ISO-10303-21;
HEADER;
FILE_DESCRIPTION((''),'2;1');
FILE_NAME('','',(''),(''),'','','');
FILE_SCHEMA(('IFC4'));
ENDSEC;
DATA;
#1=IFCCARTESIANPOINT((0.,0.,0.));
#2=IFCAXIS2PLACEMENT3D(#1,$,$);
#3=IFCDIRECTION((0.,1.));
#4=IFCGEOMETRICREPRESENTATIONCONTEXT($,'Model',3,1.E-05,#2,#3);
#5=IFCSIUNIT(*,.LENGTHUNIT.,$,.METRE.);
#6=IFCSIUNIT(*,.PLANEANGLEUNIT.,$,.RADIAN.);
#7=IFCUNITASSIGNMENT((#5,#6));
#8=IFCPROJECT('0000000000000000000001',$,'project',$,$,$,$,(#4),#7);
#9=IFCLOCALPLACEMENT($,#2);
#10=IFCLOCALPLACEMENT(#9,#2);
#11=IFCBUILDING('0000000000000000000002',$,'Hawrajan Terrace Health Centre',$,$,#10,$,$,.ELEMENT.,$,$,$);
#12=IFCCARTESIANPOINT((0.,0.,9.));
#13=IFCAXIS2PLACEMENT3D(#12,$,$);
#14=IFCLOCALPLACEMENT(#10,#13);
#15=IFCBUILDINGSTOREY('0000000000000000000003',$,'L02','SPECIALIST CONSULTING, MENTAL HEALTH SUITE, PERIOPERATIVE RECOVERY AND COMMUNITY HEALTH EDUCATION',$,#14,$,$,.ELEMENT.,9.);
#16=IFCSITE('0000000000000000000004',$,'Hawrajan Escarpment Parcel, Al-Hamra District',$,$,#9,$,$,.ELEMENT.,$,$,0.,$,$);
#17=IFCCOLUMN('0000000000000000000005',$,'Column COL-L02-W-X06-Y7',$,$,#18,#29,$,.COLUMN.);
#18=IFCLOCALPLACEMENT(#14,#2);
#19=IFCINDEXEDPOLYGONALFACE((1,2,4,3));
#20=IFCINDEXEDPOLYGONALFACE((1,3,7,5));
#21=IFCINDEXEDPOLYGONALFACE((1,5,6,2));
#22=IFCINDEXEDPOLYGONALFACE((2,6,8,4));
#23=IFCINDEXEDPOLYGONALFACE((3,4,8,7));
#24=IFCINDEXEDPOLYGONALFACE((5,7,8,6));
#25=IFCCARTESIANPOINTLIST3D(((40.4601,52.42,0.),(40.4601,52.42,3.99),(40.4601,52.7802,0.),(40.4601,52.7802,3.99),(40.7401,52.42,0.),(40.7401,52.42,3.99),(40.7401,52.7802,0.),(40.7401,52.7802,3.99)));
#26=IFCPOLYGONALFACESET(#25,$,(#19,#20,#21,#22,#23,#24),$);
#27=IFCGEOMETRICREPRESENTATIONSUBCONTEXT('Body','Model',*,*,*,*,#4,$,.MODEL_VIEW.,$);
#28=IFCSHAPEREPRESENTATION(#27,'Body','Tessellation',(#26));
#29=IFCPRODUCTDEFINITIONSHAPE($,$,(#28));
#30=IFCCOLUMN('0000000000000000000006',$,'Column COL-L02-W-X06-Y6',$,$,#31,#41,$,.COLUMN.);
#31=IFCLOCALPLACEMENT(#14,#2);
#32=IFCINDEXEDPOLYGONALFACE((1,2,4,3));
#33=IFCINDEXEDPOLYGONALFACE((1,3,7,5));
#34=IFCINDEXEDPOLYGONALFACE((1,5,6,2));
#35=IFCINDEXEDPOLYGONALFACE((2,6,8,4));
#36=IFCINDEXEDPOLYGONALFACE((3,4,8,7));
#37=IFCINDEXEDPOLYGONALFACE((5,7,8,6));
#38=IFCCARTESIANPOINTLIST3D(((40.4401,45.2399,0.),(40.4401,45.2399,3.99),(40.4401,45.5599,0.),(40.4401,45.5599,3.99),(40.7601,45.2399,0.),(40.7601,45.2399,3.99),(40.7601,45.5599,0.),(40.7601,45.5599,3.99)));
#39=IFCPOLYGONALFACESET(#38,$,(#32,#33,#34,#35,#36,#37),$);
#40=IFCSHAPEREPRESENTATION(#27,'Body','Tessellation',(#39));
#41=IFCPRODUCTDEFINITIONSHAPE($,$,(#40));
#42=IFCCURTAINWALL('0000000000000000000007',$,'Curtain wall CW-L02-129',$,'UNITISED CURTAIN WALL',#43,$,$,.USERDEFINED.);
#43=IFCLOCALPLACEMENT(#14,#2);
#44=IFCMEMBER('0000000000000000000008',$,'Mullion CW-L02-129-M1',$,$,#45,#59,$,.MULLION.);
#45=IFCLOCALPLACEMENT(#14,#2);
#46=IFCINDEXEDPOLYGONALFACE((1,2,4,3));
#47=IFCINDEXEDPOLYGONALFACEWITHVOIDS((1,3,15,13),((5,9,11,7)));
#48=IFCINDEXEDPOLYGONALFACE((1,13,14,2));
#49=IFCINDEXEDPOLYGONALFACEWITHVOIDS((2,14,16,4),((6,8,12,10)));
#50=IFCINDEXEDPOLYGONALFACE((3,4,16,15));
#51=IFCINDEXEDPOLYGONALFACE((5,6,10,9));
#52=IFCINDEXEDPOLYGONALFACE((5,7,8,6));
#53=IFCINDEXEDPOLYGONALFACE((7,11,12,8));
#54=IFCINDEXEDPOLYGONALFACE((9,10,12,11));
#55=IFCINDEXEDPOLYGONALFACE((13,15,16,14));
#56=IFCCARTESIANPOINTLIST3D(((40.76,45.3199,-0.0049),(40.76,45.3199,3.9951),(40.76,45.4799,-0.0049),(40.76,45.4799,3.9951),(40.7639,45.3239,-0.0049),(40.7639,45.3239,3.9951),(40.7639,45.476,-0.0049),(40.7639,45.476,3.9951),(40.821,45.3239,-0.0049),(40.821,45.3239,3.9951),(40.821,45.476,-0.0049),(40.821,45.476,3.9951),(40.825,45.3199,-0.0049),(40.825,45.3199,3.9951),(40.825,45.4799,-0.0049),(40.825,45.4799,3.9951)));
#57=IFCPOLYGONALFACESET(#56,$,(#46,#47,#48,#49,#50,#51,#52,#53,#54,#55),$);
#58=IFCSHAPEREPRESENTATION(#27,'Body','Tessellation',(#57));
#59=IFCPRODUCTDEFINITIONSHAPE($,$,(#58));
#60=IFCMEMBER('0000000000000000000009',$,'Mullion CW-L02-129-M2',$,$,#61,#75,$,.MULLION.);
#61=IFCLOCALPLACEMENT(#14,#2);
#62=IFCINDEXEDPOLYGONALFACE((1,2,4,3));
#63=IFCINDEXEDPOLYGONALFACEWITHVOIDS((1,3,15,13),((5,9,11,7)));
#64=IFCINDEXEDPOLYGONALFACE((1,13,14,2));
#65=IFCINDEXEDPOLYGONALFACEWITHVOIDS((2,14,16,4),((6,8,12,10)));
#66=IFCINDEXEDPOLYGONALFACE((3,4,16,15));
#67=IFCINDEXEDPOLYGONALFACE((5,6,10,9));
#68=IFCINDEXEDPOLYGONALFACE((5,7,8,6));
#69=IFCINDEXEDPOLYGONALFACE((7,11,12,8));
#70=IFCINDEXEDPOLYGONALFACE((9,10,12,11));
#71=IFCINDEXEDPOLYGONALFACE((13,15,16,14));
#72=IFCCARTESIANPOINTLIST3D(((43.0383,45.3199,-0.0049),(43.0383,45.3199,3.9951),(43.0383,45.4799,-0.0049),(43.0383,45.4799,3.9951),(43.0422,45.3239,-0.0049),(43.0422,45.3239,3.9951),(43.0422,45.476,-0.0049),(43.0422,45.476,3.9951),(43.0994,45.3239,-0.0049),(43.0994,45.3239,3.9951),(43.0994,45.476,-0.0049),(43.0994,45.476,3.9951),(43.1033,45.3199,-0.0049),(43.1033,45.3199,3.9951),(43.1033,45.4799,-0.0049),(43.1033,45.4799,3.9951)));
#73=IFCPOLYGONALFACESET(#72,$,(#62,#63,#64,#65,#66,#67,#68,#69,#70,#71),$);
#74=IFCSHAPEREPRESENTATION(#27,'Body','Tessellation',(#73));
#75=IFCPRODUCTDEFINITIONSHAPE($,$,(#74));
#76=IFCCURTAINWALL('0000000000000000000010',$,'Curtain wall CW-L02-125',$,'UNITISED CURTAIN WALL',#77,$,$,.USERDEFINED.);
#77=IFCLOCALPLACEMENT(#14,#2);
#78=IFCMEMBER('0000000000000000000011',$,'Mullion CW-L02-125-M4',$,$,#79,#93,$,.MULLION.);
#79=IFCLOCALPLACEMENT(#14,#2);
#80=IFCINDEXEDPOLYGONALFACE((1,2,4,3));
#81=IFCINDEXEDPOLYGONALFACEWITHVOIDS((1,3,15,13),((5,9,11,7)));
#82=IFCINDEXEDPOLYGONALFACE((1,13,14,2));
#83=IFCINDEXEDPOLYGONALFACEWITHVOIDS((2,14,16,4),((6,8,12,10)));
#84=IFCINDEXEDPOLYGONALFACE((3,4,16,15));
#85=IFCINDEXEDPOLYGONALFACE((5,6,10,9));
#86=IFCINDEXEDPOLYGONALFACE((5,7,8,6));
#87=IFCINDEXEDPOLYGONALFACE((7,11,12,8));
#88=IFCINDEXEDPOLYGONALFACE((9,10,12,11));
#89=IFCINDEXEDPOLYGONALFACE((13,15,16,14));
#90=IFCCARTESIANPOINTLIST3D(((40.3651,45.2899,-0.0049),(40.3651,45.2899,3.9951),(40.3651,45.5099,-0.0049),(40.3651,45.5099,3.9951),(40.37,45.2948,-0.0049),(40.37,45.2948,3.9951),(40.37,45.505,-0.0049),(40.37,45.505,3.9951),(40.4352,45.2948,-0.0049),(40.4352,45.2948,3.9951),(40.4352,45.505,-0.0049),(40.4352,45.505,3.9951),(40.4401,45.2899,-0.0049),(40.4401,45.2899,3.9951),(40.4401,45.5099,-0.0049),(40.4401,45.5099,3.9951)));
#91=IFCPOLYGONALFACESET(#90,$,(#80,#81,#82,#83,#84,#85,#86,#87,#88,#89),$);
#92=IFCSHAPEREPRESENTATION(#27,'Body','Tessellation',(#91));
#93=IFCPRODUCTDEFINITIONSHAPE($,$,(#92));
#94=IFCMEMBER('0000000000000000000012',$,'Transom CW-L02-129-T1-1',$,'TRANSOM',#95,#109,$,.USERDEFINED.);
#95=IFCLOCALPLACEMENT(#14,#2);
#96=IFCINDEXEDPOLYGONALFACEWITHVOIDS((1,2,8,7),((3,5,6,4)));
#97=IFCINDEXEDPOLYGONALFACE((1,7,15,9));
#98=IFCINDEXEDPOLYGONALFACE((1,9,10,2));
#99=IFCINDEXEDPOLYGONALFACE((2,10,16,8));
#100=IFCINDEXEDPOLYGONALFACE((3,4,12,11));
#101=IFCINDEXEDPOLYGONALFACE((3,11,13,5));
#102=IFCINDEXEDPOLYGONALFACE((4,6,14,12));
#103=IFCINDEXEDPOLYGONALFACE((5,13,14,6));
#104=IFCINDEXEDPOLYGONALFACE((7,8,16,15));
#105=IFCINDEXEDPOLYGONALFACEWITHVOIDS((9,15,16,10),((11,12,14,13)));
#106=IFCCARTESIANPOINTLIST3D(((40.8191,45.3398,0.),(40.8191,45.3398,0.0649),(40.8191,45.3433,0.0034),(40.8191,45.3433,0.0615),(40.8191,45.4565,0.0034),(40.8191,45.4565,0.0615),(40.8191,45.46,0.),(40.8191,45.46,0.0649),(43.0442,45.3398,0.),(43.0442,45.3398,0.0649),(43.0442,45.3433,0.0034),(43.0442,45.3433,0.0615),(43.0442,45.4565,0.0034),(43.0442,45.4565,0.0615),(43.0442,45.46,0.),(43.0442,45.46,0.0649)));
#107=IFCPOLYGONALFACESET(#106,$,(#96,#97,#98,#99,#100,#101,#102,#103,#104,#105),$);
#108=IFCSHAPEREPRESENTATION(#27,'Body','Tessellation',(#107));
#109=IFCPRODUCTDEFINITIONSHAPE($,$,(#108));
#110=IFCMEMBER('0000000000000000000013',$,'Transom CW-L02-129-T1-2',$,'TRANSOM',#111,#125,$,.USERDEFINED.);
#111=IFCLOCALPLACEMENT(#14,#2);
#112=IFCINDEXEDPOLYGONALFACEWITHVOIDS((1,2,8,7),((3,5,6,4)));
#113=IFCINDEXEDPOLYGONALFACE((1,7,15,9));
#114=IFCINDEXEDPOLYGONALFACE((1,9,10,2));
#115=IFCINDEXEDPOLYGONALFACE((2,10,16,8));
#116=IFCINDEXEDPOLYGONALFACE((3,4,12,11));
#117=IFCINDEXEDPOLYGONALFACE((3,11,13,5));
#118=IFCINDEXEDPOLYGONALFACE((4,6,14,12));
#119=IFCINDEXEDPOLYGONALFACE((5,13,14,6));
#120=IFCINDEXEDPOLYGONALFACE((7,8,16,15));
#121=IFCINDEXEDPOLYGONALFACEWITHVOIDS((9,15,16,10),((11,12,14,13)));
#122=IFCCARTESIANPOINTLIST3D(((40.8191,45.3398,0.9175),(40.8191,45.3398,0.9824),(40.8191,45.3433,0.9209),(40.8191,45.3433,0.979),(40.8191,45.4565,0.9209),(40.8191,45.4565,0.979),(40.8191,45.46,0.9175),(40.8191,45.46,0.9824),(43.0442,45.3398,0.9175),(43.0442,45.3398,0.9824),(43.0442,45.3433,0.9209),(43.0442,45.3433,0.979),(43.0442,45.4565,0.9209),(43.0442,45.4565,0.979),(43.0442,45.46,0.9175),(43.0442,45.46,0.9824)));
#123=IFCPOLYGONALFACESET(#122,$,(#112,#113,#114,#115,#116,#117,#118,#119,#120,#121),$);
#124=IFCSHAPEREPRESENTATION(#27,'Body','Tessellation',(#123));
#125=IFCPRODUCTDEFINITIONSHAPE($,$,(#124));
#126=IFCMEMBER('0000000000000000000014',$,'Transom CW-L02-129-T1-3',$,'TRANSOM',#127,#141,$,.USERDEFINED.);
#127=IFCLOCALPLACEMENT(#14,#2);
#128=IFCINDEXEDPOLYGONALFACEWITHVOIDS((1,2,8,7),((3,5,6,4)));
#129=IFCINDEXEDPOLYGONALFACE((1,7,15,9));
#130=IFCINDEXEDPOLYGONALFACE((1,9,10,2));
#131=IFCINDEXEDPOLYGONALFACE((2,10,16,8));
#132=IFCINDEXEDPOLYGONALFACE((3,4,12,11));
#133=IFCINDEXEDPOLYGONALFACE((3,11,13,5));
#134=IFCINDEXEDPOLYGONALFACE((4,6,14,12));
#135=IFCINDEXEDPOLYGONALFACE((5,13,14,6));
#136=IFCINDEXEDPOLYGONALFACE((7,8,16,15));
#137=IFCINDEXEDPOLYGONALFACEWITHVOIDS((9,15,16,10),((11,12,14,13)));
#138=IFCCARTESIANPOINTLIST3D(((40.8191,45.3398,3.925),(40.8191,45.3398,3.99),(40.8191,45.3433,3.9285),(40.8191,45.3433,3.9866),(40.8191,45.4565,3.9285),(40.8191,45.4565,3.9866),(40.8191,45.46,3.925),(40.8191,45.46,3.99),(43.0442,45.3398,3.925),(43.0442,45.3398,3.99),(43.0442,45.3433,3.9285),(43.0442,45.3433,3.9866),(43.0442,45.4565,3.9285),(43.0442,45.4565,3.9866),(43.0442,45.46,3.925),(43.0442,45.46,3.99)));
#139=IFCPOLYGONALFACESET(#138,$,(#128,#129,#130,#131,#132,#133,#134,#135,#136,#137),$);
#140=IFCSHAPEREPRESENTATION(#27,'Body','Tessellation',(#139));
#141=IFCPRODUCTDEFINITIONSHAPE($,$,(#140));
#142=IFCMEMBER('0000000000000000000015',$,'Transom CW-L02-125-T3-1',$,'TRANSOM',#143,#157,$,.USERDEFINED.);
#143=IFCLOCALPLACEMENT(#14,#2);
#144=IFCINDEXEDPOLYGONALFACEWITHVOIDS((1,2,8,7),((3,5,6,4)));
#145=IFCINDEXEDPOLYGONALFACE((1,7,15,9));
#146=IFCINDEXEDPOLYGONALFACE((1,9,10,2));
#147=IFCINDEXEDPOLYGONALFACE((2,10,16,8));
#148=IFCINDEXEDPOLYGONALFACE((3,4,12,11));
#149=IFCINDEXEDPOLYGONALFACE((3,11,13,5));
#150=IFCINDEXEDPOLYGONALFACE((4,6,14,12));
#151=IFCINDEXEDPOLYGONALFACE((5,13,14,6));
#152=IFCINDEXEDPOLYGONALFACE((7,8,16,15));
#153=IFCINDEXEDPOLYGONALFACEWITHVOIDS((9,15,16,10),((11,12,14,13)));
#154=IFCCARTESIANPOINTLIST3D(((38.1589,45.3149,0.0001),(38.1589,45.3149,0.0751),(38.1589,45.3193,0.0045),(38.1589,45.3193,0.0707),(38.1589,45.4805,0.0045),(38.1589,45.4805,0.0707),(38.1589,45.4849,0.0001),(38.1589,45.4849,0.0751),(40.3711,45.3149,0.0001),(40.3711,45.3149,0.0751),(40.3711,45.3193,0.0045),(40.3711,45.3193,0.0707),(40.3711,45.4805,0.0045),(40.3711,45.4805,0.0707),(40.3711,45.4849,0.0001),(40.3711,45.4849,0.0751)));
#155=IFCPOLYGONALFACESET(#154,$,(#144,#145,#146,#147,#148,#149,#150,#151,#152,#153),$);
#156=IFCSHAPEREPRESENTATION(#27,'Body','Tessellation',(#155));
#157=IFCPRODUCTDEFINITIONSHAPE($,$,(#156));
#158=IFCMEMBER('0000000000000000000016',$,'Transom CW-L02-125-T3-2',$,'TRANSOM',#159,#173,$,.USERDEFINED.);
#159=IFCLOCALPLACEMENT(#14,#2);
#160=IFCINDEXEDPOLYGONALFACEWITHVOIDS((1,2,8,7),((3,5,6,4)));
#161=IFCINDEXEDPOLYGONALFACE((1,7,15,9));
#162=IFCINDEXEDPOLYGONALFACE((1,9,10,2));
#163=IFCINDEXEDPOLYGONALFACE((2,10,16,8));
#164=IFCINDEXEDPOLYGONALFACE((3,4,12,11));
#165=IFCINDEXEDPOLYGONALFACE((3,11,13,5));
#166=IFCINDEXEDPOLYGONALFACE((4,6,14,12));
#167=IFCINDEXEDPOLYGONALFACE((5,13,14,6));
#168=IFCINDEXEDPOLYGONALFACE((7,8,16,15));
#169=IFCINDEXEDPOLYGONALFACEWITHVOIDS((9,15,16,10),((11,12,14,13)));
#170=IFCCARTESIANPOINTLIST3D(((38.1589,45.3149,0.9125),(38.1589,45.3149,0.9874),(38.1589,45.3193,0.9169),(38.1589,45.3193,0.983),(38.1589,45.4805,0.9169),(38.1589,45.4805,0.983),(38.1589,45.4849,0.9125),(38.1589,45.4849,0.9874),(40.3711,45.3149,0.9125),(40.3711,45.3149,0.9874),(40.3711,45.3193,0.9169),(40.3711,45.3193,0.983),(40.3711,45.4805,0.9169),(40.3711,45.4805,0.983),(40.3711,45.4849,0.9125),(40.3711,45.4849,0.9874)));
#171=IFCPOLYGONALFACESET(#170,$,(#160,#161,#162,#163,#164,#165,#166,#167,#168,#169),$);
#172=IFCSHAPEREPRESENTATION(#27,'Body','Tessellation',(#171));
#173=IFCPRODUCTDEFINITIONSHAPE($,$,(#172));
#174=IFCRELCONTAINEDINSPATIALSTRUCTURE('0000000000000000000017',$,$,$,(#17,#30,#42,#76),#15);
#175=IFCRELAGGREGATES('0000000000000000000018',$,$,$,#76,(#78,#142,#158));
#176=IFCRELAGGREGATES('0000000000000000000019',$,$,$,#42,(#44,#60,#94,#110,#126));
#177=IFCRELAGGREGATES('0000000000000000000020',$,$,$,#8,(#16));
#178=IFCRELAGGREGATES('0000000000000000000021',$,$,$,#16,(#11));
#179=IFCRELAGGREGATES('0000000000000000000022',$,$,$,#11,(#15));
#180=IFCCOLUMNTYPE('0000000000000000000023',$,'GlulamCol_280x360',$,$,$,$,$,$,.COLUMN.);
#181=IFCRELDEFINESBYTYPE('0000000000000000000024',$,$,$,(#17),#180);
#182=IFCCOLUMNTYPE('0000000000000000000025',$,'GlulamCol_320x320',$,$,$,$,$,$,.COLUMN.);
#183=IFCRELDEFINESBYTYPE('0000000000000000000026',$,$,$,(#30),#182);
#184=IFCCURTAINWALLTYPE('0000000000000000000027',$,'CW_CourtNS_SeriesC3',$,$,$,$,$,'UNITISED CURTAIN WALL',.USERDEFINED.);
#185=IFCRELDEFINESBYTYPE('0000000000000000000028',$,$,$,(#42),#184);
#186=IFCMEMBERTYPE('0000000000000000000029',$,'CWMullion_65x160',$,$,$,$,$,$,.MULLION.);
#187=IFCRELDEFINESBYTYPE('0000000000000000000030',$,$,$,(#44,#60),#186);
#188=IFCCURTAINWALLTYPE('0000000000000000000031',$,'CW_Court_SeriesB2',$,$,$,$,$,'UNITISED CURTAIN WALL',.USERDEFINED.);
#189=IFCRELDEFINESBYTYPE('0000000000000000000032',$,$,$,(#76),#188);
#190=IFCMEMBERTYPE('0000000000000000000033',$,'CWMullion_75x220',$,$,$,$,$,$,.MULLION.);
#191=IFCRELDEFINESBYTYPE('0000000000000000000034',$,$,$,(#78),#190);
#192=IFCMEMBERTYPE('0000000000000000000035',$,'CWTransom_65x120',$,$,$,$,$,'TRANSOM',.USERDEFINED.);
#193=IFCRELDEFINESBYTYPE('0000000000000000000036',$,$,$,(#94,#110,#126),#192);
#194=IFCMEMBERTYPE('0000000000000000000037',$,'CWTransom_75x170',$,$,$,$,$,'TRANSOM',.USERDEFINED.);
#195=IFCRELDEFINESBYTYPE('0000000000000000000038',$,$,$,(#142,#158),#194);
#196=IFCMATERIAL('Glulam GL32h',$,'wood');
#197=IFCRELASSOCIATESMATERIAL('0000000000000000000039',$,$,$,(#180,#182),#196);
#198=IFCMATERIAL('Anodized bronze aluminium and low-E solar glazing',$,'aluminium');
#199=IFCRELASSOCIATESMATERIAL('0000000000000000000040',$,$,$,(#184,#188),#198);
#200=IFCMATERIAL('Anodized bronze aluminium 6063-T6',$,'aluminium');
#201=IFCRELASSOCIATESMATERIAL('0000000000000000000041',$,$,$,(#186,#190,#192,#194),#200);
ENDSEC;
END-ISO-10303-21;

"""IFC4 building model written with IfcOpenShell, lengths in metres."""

from ifc_helpers import new_model, si_unit, direction, frame, origin, origin_2d, place, context, subcontext, project, spatial, rectangle, hollow_rectangle, extrude, material, material_profile, profile_set, type_object, element, aggregate, save


model = new_model("IFC4")

# Units and contexts
model_context = context("Model", 3, precision=1e-05, world=origin(), true_north=direction((0.0, 1.0)))
body_context = subcontext(model_context, "Body", "Model", "MODEL_VIEW")
ifc_project = project(units=[si_unit("LENGTHUNIT", "METRE"), si_unit("PLANEANGLEUNIT", "RADIAN")], contexts=[model_context])

# Site, building, storey
site_placement = place(None, origin())
site = spatial("IfcSite", under=ifc_project, at=site_placement, Name="Hawrajan Escarpment Parcel, Al-Hamra District", CompositionType="ELEMENT", RefElevation=0.0)
building_placement = place(site_placement, origin())
building = spatial("IfcBuilding", under=site, at=building_placement, Name="Hawrajan Terrace Health Centre", CompositionType="ELEMENT")
storey_placement = place(building_placement, frame((0.0, 0.0, 9.0)))
storey = spatial("IfcBuildingStorey", under=building, at=storey_placement, Name="L02", Description="SPECIALIST CONSULTING, MENTAL HEALTH SUITE, PERIOPERATIVE RECOVERY AND COMMUNITY HEALTH EDUCATION", CompositionType="ELEMENT", Elevation=9.0)

# Columns
ifc_material_1 = material(Name="Glulam GL32h", Category="wood")
ifc_material_profile_1 = material_profile(ifc_material_1, rectangle(XDim=0.28, YDim=0.3601, at=origin_2d()), Name="GL 280x360")
ifc_profile_set_1 = profile_set([ifc_material_profile_1], Name="Glulam GL32h")
column_type_1 = type_object("IfcColumnType", Name="GlulamCol_280x360", PredefinedType="COLUMN", material=ifc_profile_set_1)
column_1_placement = place(storey_placement, frame((40.6001, 52.6001, 0.0), z_axis=(0.0, 0.0, 1.0), x_axis=(1.0, 0.0, 0.0)))
element("IfcColumn", 1, at=column_1_placement, inside=storey, type_object=column_type_1, Name="Column COL-L02-W-X06-Y7", PredefinedType="COLUMN", context=body_context, shape_type="SweptSolid", body=[
    extrude(rectangle(XDim=0.28, YDim=0.3601, at=origin_2d()), origin(), (0.0, 0.0, 1.0), 3.99),
])
ifc_material_profile_2 = material_profile(ifc_material_1, rectangle(XDim=0.3201, YDim=0.3201, at=origin_2d()), Name="GL 320x320")
ifc_profile_set_2 = profile_set([ifc_material_profile_2], Name="Glulam GL32h")
column_type_2 = type_object("IfcColumnType", Name="GlulamCol_320x320", PredefinedType="COLUMN", material=ifc_profile_set_2)
column_2_placement = place(storey_placement, frame((40.6001, 45.3999, 0.0), z_axis=(0.0, 0.0, 1.0), x_axis=(1.0, 0.0, 0.0)))
element("IfcColumn", 2, at=column_2_placement, inside=storey, type_object=column_type_2, Name="Column COL-L02-W-X06-Y6", PredefinedType="COLUMN", context=body_context, shape_type="SweptSolid", body=[
    extrude(rectangle(XDim=0.3201, YDim=0.3201, at=origin_2d()), origin(), (0.0, 0.0, 1.0), 3.99),
])

# Curtain wall, members
ifc_material_2 = material(Name="Anodized bronze aluminium and low-E solar glazing", Category="aluminium")
curtain_wall_type_1 = type_object("IfcCurtainWallType", Name="CW_CourtNS_SeriesC3", ElementType="UNITISED CURTAIN WALL", PredefinedType="USERDEFINED", material=ifc_material_2)
curtain_wall_1_placement = place(storey_placement, origin())
curtain_wall_1 = element("IfcCurtainWall", 3, at=curtain_wall_1_placement, inside=storey, type_object=curtain_wall_type_1, Name="Curtain wall CW-L02-129", ObjectType="UNITISED CURTAIN WALL", PredefinedType="USERDEFINED")
ifc_material_3 = material(Name="Anodized bronze aluminium 6063-T6", Category="aluminium")
ifc_material_profile_3 = material_profile(ifc_material_3, hollow_rectangle(XDim=0.0649, YDim=0.1599, WallThickness=0.0039, at=origin_2d()), Name="CW MUL 65x160")
ifc_profile_set_3 = profile_set([ifc_material_profile_3], Name="Anodized bronze aluminium 6063-T6")
member_type_1 = type_object("IfcMemberType", Name="CWMullion_65x160", PredefinedType="MULLION", material=ifc_profile_set_3)
member_1_placement = place(storey_placement, frame((40.7925, 45.3999, -0.0049), z_axis=(0.0, 0.0, 1.0), x_axis=(1.0, 0.0, 0.0)))
member_1 = element("IfcMember", 4, at=member_1_placement, type_object=member_type_1, Name="Mullion CW-L02-129-M1", PredefinedType="MULLION", context=body_context, shape_type="SweptSolid", body=[
    extrude(hollow_rectangle(XDim=0.0649, YDim=0.1599, WallThickness=0.0039, at=origin_2d()), origin(), (0.0, 0.0, 1.0), 4.0),
])
member_2_placement = place(storey_placement, frame((43.0708, 45.3999, -0.0049), z_axis=(0.0, 0.0, 1.0), x_axis=(1.0, 0.0, 0.0)))
member_2 = element("IfcMember", 5, at=member_2_placement, type_object=member_type_1, Name="Mullion CW-L02-129-M2", PredefinedType="MULLION", context=body_context, shape_type="SweptSolid", body=[
    extrude(hollow_rectangle(XDim=0.0649, YDim=0.1599, WallThickness=0.0039, at=origin_2d()), origin(), (0.0, 0.0, 1.0), 4.0),
])

# Curtain wall, member
curtain_wall_type_2 = type_object("IfcCurtainWallType", Name="CW_Court_SeriesB2", ElementType="UNITISED CURTAIN WALL", PredefinedType="USERDEFINED", material=ifc_material_2)
curtain_wall_2_placement = place(storey_placement, origin())
curtain_wall_2 = element("IfcCurtainWall", 6, at=curtain_wall_2_placement, inside=storey, type_object=curtain_wall_type_2, Name="Curtain wall CW-L02-125", ObjectType="UNITISED CURTAIN WALL", PredefinedType="USERDEFINED")
ifc_material_profile_4 = material_profile(ifc_material_3, hollow_rectangle(XDim=0.075, YDim=0.22, WallThickness=0.0049, at=origin_2d()), Name="CW MUL 75x220")
ifc_profile_set_4 = profile_set([ifc_material_profile_4], Name="Anodized bronze aluminium 6063-T6")
member_type_2 = type_object("IfcMemberType", Name="CWMullion_75x220", PredefinedType="MULLION", material=ifc_profile_set_4)
member_3_placement = place(storey_placement, frame((40.4026, 45.3999, -0.0049), z_axis=(0.0, 0.0, 1.0), x_axis=(1.0, 0.0, 0.0)))
member_3 = element("IfcMember", 7, at=member_3_placement, type_object=member_type_2, Name="Mullion CW-L02-125-M4", PredefinedType="MULLION", context=body_context, shape_type="SweptSolid", body=[
    extrude(hollow_rectangle(XDim=0.075, YDim=0.22, WallThickness=0.0049, at=origin_2d()), origin(), (0.0, 0.0, 1.0), 4.0),
])

# Members
ifc_material_profile_5 = material_profile(ifc_material_3, hollow_rectangle(XDim=0.0649, YDim=0.1201, WallThickness=0.0034, at=origin_2d()), Name="CW TRN 65x120")
ifc_profile_set_5 = profile_set([ifc_material_profile_5], Name="Anodized bronze aluminium 6063-T6")
member_type_3 = type_object("IfcMemberType", Name="CWTransom_65x120", ElementType="TRANSOM", PredefinedType="USERDEFINED", material=ifc_profile_set_5)
member_4_placement = place(storey_placement, frame((40.8191, 45.3999, 0.0325), z_axis=(1.0, 0.0, 0.0), x_axis=(0.0, 0.0, 1.0)))
member_4 = element("IfcMember", 8, at=member_4_placement, type_object=member_type_3, Name="Transom CW-L02-129-T1-1", ObjectType="TRANSOM", PredefinedType="USERDEFINED", context=body_context, shape_type="SweptSolid", body=[
    extrude(hollow_rectangle(XDim=0.0649, YDim=0.1201, WallThickness=0.0034, at=origin_2d()), origin(), (0.0, 0.0, 1.0), 2.2251),
])
member_5_placement = place(storey_placement, frame((40.8191, 45.3999, 0.95), z_axis=(1.0, 0.0, 0.0), x_axis=(0.0, 0.0, 1.0)))
member_5 = element("IfcMember", 9, at=member_5_placement, type_object=member_type_3, Name="Transom CW-L02-129-T1-2", ObjectType="TRANSOM", PredefinedType="USERDEFINED", context=body_context, shape_type="SweptSolid", body=[
    extrude(hollow_rectangle(XDim=0.0649, YDim=0.1201, WallThickness=0.0034, at=origin_2d()), origin(), (0.0, 0.0, 1.0), 2.2251),
])
member_6_placement = place(storey_placement, frame((40.8191, 45.3999, 3.9575), z_axis=(1.0, 0.0, 0.0), x_axis=(0.0, 0.0, 1.0)))
member_6 = element("IfcMember", 10, at=member_6_placement, type_object=member_type_3, Name="Transom CW-L02-129-T1-3", ObjectType="TRANSOM", PredefinedType="USERDEFINED", context=body_context, shape_type="SweptSolid", body=[
    extrude(hollow_rectangle(XDim=0.0649, YDim=0.1201, WallThickness=0.0034, at=origin_2d()), origin(), (0.0, 0.0, 1.0), 2.2251),
])
ifc_material_profile_6 = material_profile(ifc_material_3, hollow_rectangle(XDim=0.075, YDim=0.1699, WallThickness=0.0044, at=origin_2d()), Name="CW TRN 75x170")
ifc_profile_set_6 = profile_set([ifc_material_profile_6], Name="Anodized bronze aluminium 6063-T6")
member_type_4 = type_object("IfcMemberType", Name="CWTransom_75x170", ElementType="TRANSOM", PredefinedType="USERDEFINED", material=ifc_profile_set_6)
member_7_placement = place(storey_placement, frame((38.1589, 45.3999, 0.0376), z_axis=(1.0, 0.0, 0.0), x_axis=(0.0, 0.0, 1.0)))
member_7 = element("IfcMember", 11, at=member_7_placement, type_object=member_type_4, Name="Transom CW-L02-125-T3-1", ObjectType="TRANSOM", PredefinedType="USERDEFINED", context=body_context, shape_type="SweptSolid", body=[
    extrude(hollow_rectangle(XDim=0.075, YDim=0.1699, WallThickness=0.0044, at=origin_2d()), origin(), (0.0, 0.0, 1.0), 2.2122),
])
member_8_placement = place(storey_placement, frame((38.1589, 45.3999, 0.95), z_axis=(1.0, 0.0, 0.0), x_axis=(0.0, 0.0, 1.0)))
member_8 = element("IfcMember", 12, at=member_8_placement, type_object=member_type_4, Name="Transom CW-L02-125-T3-2", ObjectType="TRANSOM", PredefinedType="USERDEFINED", context=body_context, shape_type="SweptSolid", body=[
    extrude(hollow_rectangle(XDim=0.075, YDim=0.1699, WallThickness=0.0044, at=origin_2d()), origin(), (0.0, 0.0, 1.0), 2.2122),
])

aggregate(curtain_wall_2, [member_3, member_7, member_8])
aggregate(curtain_wall_1, [member_1, member_2, member_4, member_5, member_6])

save(model, "model.ifc")
